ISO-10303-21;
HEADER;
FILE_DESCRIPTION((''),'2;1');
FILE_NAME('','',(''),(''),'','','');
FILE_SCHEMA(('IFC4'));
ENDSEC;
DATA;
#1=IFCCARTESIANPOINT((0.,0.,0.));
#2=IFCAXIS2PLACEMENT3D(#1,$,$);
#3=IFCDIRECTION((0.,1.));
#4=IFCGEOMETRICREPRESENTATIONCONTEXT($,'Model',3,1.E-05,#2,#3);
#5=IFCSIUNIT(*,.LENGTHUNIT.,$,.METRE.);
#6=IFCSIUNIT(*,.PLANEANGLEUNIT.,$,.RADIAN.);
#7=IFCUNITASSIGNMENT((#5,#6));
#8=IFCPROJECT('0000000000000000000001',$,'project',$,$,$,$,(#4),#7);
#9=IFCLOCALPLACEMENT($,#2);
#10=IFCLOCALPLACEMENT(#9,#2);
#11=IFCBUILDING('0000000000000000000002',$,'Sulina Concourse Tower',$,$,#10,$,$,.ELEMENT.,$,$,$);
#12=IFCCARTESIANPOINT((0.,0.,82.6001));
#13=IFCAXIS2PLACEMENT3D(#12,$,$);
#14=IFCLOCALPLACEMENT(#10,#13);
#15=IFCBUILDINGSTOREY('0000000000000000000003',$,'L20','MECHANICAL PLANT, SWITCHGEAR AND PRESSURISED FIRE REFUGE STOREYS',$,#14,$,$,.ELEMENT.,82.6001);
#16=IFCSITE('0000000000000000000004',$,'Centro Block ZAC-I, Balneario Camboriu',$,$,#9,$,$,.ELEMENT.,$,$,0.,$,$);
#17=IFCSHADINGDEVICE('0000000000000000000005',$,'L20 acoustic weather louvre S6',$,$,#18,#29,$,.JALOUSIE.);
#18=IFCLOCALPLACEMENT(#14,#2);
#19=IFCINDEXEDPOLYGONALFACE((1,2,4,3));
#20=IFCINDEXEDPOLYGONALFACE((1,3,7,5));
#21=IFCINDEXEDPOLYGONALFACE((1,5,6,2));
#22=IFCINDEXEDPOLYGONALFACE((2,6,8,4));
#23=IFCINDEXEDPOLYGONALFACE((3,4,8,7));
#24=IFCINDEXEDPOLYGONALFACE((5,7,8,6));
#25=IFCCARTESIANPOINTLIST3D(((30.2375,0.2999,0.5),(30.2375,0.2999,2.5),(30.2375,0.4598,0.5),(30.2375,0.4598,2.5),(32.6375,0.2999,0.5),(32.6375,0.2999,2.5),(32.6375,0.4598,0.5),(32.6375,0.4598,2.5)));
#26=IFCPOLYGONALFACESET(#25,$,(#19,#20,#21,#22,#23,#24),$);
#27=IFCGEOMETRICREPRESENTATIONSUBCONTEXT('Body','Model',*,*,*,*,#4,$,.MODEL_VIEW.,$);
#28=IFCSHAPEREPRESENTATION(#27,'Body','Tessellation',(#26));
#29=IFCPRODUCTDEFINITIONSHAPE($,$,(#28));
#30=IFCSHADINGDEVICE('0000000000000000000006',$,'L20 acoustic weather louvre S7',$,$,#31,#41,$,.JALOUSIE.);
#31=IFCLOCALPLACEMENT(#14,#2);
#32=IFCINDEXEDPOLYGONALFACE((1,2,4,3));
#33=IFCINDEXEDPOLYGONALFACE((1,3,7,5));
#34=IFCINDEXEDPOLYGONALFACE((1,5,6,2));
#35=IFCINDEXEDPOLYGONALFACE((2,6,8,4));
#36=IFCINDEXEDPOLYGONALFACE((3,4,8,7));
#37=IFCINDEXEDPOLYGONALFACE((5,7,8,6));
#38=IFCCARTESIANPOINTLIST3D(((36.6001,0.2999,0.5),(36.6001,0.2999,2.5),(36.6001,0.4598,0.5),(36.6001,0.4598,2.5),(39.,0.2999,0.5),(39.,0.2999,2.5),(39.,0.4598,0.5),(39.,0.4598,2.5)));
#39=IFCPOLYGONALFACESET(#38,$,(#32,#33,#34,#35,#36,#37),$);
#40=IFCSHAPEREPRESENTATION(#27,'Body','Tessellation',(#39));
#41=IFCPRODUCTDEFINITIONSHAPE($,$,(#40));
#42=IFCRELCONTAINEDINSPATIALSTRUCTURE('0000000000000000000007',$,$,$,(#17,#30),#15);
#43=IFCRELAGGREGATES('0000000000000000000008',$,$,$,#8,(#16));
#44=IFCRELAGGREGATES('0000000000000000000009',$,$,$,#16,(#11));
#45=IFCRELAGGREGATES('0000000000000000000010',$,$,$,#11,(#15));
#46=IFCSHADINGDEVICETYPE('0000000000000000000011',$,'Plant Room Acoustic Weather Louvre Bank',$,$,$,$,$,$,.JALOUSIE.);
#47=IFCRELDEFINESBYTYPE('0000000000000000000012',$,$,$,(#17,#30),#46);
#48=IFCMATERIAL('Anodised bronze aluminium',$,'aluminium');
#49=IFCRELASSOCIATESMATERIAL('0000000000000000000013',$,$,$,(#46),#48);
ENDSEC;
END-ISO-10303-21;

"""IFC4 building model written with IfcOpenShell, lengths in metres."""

from ifc_helpers import new_model, si_unit, direction, frame, origin, origin_2d, place, context, subcontext, project, spatial, rectangle, extrude, material, type_object, element, save


model = new_model("IFC4")

# Units and contexts
model_context = context("Model", 3, precision=1e-05, world=origin(), true_north=direction((0.0, 1.0)))
body_context = subcontext(model_context, "Body", "Model", "MODEL_VIEW")
ifc_project = project(units=[si_unit("LENGTHUNIT", "METRE"), si_unit("PLANEANGLEUNIT", "RADIAN")], contexts=[model_context])

# Site, building, storey
site_placement = place(None, origin())
site = spatial("IfcSite", under=ifc_project, at=site_placement, Name="Centro Block ZAC-I, Balneario Camboriu", CompositionType="ELEMENT", RefElevation=0.0)
building_placement = place(site_placement, origin())
building = spatial("IfcBuilding", under=site, at=building_placement, Name="Sulina Concourse Tower", CompositionType="ELEMENT")
storey_placement = place(building_placement, frame((0.0, 0.0, 82.6001)))
storey = spatial("IfcBuildingStorey", under=building, at=storey_placement, Name="L20", Description="MECHANICAL PLANT, SWITCHGEAR AND PRESSURISED FIRE REFUGE STOREYS", CompositionType="ELEMENT", Elevation=82.6001)

# Shading devices
ifc_material_1 = material(Name="Anodised bronze aluminium", Category="aluminium")
shading_device_type = type_object("IfcShadingDeviceType", Name="Plant Room Acoustic Weather Louvre Bank", PredefinedType="JALOUSIE", material=ifc_material_1)
for number, where, z_axis, x_axis, name in (
    (1, (31.4375, 0.3799, 0.5), (0.0, 0.0, 1.0), (1.0, 0.0, 0.0), "L20 acoustic weather louvre S6"),
    (2, (37.8, 0.3799, 0.5), (0.0, 0.0, 1.0), (1.0, 0.0, 0.0), "L20 acoustic weather louvre S7"),
):
    element("IfcShadingDevice", number, at=place(storey_placement, frame(where, z_axis=z_axis, x_axis=x_axis)), inside=storey, type_object=shading_device_type, Name=name, PredefinedType="JALOUSIE", context=body_context, shape_type="SweptSolid", body=[
        extrude(rectangle(XDim=2.3999, YDim=0.1599, at=origin_2d()), origin(), (0.0, 0.0, 1.0), 2.0),
    ])

save(model, "model.ifc")
